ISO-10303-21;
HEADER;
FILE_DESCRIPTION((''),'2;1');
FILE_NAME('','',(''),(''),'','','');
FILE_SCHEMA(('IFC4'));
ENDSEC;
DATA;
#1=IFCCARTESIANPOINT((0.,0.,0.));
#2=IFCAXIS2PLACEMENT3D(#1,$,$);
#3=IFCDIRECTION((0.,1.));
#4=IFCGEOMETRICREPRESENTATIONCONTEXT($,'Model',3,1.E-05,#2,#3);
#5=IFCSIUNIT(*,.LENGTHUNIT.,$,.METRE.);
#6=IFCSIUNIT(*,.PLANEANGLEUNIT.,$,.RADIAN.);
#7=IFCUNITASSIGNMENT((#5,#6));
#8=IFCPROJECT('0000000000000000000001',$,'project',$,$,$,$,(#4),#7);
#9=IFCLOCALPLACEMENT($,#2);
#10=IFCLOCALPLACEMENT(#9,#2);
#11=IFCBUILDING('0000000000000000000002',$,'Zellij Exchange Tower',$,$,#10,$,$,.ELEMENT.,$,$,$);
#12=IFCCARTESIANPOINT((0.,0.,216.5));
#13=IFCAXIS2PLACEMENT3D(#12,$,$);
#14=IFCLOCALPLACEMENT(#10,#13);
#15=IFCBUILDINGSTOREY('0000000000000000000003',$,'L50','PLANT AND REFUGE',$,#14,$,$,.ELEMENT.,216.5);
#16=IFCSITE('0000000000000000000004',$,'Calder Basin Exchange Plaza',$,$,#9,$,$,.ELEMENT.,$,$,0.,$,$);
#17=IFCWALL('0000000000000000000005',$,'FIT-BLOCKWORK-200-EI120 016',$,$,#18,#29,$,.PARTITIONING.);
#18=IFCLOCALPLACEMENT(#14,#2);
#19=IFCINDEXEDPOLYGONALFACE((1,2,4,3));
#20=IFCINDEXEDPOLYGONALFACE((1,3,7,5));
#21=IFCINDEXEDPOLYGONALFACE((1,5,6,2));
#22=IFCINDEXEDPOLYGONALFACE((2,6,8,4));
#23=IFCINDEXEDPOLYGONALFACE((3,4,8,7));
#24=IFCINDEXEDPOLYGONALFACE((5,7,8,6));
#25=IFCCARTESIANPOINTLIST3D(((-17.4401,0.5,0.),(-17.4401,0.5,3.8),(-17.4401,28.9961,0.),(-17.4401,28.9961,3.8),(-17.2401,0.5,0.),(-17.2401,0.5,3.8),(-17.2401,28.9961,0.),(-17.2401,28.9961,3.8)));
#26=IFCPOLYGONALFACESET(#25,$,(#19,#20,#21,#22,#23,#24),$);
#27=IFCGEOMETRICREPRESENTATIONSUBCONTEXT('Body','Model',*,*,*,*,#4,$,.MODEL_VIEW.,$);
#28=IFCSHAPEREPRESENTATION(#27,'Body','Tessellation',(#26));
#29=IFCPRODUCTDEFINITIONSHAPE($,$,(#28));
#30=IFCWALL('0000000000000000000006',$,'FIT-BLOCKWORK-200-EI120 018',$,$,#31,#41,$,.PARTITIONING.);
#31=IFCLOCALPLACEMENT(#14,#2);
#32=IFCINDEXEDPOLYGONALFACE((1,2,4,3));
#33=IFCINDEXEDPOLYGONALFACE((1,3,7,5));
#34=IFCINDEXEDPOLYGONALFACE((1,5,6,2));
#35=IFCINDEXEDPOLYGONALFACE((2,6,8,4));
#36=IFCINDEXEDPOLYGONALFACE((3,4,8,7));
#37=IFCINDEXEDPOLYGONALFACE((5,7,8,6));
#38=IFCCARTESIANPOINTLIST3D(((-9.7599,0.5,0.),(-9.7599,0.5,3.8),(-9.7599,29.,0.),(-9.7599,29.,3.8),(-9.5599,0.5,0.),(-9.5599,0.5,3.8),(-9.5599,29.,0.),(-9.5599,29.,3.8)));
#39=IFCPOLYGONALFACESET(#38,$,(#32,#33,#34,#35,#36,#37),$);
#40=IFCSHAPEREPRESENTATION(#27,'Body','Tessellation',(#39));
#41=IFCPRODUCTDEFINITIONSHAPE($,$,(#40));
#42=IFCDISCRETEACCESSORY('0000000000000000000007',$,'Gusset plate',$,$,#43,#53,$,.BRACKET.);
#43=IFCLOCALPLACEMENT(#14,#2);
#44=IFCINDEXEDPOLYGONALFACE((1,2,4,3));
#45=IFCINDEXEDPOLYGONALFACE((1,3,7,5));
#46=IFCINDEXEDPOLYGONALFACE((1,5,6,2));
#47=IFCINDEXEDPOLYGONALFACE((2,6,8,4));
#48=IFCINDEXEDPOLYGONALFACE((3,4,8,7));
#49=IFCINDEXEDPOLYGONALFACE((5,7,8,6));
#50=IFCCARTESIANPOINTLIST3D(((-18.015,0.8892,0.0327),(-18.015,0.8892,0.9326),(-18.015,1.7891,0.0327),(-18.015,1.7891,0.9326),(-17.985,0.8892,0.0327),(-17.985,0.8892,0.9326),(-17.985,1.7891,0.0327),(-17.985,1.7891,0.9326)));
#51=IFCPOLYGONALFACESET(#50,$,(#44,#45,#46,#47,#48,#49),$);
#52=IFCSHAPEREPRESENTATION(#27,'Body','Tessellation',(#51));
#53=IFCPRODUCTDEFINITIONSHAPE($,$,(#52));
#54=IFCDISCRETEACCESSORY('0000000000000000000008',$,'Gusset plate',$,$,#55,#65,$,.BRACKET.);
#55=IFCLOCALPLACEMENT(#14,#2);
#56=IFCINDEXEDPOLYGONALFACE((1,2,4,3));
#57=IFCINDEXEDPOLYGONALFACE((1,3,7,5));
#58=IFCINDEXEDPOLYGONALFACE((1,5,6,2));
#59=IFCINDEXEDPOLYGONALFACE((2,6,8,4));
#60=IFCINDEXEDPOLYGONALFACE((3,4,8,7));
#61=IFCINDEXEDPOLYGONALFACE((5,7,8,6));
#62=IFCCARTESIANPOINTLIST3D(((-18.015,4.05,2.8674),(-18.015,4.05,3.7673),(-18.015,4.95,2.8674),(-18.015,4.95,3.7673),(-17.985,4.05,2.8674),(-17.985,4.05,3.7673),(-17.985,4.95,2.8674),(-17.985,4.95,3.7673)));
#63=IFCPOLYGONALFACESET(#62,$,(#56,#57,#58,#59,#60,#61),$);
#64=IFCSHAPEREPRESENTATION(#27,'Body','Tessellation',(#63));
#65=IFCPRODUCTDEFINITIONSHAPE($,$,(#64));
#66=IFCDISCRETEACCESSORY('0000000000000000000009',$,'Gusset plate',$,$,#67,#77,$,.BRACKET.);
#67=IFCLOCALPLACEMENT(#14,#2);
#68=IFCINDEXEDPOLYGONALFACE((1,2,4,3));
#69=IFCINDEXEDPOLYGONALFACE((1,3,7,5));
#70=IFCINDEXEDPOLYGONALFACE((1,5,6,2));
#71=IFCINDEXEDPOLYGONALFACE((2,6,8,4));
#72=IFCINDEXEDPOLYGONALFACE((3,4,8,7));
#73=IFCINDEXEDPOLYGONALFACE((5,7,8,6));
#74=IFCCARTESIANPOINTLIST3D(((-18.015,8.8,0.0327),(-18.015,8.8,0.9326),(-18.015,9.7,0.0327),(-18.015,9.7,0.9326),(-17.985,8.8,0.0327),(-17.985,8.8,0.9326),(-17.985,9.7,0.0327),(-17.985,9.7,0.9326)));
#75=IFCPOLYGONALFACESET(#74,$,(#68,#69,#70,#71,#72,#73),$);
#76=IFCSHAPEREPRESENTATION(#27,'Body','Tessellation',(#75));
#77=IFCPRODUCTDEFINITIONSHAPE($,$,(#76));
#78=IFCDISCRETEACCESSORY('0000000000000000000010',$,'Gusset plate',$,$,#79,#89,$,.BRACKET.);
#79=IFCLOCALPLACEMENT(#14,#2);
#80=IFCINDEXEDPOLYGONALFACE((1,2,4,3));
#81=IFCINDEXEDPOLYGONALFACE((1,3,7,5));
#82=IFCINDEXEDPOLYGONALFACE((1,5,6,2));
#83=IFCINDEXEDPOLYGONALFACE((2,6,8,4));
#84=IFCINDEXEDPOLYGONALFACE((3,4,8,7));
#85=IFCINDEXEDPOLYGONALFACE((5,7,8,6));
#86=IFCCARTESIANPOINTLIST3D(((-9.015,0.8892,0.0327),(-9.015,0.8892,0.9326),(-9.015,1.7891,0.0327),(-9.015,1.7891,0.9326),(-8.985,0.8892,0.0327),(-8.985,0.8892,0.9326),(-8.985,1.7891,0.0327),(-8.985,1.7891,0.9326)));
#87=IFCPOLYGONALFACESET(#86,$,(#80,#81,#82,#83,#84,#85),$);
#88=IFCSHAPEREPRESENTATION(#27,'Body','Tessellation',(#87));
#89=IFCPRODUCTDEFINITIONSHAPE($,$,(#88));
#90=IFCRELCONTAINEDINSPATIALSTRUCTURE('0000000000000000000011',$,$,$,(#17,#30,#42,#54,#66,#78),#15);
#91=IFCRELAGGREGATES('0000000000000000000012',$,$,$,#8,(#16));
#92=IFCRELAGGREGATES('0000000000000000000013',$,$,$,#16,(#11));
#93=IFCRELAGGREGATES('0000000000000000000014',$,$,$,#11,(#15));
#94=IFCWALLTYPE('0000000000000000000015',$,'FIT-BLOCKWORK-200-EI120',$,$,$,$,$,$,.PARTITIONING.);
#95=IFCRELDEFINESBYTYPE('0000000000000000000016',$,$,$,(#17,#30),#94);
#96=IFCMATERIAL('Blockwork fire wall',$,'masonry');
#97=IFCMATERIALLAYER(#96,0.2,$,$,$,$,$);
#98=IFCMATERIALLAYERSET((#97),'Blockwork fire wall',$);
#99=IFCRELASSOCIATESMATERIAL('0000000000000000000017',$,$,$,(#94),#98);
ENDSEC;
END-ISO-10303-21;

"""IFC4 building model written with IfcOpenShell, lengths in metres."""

from ifc_helpers import new_model, si_unit, direction, frame, frame_2d, origin, origin_2d, place, context, subcontext, project, spatial, rectangle, extrude, material, layer, layer_set, type_object, element, save


model = new_model("IFC4")

# Units and contexts
model_context = context("Model", 3, precision=1e-05, world=origin(), true_north=direction((0.0, 1.0)))
body_context = subcontext(model_context, "Body", "Model", "MODEL_VIEW")
ifc_project = project(units=[si_unit("LENGTHUNIT", "METRE"), si_unit("PLANEANGLEUNIT", "RADIAN")], contexts=[model_context])

# Site, building, storey
site_placement = place(None, origin())
site = spatial("IfcSite", under=ifc_project, at=site_placement, Name="Calder Basin Exchange Plaza", CompositionType="ELEMENT", RefElevation=0.0)
building_placement = place(site_placement, origin())
building = spatial("IfcBuilding", under=site, at=building_placement, Name="Zellij Exchange Tower", CompositionType="ELEMENT")
storey_placement = place(building_placement, frame((0.0, 0.0, 216.5)))
storey = spatial("IfcBuildingStorey", under=building, at=storey_placement, Name="L50", Description="PLANT AND REFUGE", CompositionType="ELEMENT", Elevation=216.5)

# Walls
ifc_material_1 = material(Name="Blockwork fire wall", Category="masonry")
ifc_layer = layer(ifc_material_1, 0.2)
ifc_layer_set = layer_set([ifc_layer], Name="Blockwork fire wall")
wall_type = type_object("IfcWallType", Name="FIT-BLOCKWORK-200-EI120", PredefinedType="PARTITIONING", material=ifc_layer_set)
wall_1_placement = place(storey_placement, frame((-17.3401, 0.5, 0.0), z_axis=(0.0, 0.0, 1.0), x_axis=(0.0, 1.0, 0.0)))
element("IfcWall", 1, at=wall_1_placement, inside=storey, type_object=wall_type, Name="FIT-BLOCKWORK-200-EI120 016", PredefinedType="PARTITIONING", context=body_context, shape_type="SweptSolid", body=[
    extrude(rectangle(XDim=28.4961, YDim=0.2, at=frame_2d((14.248, 0.0))), origin(), (0.0, 0.0, 1.0), 3.8),
])
wall_2_placement = place(storey_placement, frame((-9.6599, 0.5, 0.0), z_axis=(0.0, 0.0, 1.0), x_axis=(0.0, 1.0, 0.0)))
element("IfcWall", 2, at=wall_2_placement, inside=storey, type_object=wall_type, Name="FIT-BLOCKWORK-200-EI120 018", PredefinedType="PARTITIONING", context=body_context, shape_type="SweptSolid", body=[
    extrude(rectangle(XDim=28.5, YDim=0.2, at=frame_2d((14.25, 0.0))), origin(), (0.0, 0.0, 1.0), 3.8),
])

# Discrete accessories
for number, where, z_axis, x_axis, name in (
    (3, (-18.0, 1.3391, 0.0327), (0.0, 0.0, 1.0), (0.0, 1.0, 0.0), "Gusset plate"),
    (4, (-18.0, 4.5, 2.8674), (0.0, 0.0, 1.0), (0.0, 1.0, 0.0), "Gusset plate"),
    (5, (-18.0, 9.25, 0.0327), (0.0, 0.0, 1.0), (0.0, 1.0, 0.0), "Gusset plate"),
    (6, (-9.0, 1.3391, 0.0327), (0.0, 0.0, 1.0), (0.0, 1.0, 0.0), "Gusset plate"),
):
    element("IfcDiscreteAccessory", number, at=place(storey_placement, frame(where, z_axis=z_axis, x_axis=x_axis)), inside=storey, Name=name, PredefinedType="BRACKET", context=body_context, shape_type="SweptSolid", body=[
        extrude(rectangle(XDim=0.8999, YDim=0.03, at=origin_2d()), origin(), (0.0, 0.0, 1.0), 0.8999),
    ])

save(model, "model.ifc")
